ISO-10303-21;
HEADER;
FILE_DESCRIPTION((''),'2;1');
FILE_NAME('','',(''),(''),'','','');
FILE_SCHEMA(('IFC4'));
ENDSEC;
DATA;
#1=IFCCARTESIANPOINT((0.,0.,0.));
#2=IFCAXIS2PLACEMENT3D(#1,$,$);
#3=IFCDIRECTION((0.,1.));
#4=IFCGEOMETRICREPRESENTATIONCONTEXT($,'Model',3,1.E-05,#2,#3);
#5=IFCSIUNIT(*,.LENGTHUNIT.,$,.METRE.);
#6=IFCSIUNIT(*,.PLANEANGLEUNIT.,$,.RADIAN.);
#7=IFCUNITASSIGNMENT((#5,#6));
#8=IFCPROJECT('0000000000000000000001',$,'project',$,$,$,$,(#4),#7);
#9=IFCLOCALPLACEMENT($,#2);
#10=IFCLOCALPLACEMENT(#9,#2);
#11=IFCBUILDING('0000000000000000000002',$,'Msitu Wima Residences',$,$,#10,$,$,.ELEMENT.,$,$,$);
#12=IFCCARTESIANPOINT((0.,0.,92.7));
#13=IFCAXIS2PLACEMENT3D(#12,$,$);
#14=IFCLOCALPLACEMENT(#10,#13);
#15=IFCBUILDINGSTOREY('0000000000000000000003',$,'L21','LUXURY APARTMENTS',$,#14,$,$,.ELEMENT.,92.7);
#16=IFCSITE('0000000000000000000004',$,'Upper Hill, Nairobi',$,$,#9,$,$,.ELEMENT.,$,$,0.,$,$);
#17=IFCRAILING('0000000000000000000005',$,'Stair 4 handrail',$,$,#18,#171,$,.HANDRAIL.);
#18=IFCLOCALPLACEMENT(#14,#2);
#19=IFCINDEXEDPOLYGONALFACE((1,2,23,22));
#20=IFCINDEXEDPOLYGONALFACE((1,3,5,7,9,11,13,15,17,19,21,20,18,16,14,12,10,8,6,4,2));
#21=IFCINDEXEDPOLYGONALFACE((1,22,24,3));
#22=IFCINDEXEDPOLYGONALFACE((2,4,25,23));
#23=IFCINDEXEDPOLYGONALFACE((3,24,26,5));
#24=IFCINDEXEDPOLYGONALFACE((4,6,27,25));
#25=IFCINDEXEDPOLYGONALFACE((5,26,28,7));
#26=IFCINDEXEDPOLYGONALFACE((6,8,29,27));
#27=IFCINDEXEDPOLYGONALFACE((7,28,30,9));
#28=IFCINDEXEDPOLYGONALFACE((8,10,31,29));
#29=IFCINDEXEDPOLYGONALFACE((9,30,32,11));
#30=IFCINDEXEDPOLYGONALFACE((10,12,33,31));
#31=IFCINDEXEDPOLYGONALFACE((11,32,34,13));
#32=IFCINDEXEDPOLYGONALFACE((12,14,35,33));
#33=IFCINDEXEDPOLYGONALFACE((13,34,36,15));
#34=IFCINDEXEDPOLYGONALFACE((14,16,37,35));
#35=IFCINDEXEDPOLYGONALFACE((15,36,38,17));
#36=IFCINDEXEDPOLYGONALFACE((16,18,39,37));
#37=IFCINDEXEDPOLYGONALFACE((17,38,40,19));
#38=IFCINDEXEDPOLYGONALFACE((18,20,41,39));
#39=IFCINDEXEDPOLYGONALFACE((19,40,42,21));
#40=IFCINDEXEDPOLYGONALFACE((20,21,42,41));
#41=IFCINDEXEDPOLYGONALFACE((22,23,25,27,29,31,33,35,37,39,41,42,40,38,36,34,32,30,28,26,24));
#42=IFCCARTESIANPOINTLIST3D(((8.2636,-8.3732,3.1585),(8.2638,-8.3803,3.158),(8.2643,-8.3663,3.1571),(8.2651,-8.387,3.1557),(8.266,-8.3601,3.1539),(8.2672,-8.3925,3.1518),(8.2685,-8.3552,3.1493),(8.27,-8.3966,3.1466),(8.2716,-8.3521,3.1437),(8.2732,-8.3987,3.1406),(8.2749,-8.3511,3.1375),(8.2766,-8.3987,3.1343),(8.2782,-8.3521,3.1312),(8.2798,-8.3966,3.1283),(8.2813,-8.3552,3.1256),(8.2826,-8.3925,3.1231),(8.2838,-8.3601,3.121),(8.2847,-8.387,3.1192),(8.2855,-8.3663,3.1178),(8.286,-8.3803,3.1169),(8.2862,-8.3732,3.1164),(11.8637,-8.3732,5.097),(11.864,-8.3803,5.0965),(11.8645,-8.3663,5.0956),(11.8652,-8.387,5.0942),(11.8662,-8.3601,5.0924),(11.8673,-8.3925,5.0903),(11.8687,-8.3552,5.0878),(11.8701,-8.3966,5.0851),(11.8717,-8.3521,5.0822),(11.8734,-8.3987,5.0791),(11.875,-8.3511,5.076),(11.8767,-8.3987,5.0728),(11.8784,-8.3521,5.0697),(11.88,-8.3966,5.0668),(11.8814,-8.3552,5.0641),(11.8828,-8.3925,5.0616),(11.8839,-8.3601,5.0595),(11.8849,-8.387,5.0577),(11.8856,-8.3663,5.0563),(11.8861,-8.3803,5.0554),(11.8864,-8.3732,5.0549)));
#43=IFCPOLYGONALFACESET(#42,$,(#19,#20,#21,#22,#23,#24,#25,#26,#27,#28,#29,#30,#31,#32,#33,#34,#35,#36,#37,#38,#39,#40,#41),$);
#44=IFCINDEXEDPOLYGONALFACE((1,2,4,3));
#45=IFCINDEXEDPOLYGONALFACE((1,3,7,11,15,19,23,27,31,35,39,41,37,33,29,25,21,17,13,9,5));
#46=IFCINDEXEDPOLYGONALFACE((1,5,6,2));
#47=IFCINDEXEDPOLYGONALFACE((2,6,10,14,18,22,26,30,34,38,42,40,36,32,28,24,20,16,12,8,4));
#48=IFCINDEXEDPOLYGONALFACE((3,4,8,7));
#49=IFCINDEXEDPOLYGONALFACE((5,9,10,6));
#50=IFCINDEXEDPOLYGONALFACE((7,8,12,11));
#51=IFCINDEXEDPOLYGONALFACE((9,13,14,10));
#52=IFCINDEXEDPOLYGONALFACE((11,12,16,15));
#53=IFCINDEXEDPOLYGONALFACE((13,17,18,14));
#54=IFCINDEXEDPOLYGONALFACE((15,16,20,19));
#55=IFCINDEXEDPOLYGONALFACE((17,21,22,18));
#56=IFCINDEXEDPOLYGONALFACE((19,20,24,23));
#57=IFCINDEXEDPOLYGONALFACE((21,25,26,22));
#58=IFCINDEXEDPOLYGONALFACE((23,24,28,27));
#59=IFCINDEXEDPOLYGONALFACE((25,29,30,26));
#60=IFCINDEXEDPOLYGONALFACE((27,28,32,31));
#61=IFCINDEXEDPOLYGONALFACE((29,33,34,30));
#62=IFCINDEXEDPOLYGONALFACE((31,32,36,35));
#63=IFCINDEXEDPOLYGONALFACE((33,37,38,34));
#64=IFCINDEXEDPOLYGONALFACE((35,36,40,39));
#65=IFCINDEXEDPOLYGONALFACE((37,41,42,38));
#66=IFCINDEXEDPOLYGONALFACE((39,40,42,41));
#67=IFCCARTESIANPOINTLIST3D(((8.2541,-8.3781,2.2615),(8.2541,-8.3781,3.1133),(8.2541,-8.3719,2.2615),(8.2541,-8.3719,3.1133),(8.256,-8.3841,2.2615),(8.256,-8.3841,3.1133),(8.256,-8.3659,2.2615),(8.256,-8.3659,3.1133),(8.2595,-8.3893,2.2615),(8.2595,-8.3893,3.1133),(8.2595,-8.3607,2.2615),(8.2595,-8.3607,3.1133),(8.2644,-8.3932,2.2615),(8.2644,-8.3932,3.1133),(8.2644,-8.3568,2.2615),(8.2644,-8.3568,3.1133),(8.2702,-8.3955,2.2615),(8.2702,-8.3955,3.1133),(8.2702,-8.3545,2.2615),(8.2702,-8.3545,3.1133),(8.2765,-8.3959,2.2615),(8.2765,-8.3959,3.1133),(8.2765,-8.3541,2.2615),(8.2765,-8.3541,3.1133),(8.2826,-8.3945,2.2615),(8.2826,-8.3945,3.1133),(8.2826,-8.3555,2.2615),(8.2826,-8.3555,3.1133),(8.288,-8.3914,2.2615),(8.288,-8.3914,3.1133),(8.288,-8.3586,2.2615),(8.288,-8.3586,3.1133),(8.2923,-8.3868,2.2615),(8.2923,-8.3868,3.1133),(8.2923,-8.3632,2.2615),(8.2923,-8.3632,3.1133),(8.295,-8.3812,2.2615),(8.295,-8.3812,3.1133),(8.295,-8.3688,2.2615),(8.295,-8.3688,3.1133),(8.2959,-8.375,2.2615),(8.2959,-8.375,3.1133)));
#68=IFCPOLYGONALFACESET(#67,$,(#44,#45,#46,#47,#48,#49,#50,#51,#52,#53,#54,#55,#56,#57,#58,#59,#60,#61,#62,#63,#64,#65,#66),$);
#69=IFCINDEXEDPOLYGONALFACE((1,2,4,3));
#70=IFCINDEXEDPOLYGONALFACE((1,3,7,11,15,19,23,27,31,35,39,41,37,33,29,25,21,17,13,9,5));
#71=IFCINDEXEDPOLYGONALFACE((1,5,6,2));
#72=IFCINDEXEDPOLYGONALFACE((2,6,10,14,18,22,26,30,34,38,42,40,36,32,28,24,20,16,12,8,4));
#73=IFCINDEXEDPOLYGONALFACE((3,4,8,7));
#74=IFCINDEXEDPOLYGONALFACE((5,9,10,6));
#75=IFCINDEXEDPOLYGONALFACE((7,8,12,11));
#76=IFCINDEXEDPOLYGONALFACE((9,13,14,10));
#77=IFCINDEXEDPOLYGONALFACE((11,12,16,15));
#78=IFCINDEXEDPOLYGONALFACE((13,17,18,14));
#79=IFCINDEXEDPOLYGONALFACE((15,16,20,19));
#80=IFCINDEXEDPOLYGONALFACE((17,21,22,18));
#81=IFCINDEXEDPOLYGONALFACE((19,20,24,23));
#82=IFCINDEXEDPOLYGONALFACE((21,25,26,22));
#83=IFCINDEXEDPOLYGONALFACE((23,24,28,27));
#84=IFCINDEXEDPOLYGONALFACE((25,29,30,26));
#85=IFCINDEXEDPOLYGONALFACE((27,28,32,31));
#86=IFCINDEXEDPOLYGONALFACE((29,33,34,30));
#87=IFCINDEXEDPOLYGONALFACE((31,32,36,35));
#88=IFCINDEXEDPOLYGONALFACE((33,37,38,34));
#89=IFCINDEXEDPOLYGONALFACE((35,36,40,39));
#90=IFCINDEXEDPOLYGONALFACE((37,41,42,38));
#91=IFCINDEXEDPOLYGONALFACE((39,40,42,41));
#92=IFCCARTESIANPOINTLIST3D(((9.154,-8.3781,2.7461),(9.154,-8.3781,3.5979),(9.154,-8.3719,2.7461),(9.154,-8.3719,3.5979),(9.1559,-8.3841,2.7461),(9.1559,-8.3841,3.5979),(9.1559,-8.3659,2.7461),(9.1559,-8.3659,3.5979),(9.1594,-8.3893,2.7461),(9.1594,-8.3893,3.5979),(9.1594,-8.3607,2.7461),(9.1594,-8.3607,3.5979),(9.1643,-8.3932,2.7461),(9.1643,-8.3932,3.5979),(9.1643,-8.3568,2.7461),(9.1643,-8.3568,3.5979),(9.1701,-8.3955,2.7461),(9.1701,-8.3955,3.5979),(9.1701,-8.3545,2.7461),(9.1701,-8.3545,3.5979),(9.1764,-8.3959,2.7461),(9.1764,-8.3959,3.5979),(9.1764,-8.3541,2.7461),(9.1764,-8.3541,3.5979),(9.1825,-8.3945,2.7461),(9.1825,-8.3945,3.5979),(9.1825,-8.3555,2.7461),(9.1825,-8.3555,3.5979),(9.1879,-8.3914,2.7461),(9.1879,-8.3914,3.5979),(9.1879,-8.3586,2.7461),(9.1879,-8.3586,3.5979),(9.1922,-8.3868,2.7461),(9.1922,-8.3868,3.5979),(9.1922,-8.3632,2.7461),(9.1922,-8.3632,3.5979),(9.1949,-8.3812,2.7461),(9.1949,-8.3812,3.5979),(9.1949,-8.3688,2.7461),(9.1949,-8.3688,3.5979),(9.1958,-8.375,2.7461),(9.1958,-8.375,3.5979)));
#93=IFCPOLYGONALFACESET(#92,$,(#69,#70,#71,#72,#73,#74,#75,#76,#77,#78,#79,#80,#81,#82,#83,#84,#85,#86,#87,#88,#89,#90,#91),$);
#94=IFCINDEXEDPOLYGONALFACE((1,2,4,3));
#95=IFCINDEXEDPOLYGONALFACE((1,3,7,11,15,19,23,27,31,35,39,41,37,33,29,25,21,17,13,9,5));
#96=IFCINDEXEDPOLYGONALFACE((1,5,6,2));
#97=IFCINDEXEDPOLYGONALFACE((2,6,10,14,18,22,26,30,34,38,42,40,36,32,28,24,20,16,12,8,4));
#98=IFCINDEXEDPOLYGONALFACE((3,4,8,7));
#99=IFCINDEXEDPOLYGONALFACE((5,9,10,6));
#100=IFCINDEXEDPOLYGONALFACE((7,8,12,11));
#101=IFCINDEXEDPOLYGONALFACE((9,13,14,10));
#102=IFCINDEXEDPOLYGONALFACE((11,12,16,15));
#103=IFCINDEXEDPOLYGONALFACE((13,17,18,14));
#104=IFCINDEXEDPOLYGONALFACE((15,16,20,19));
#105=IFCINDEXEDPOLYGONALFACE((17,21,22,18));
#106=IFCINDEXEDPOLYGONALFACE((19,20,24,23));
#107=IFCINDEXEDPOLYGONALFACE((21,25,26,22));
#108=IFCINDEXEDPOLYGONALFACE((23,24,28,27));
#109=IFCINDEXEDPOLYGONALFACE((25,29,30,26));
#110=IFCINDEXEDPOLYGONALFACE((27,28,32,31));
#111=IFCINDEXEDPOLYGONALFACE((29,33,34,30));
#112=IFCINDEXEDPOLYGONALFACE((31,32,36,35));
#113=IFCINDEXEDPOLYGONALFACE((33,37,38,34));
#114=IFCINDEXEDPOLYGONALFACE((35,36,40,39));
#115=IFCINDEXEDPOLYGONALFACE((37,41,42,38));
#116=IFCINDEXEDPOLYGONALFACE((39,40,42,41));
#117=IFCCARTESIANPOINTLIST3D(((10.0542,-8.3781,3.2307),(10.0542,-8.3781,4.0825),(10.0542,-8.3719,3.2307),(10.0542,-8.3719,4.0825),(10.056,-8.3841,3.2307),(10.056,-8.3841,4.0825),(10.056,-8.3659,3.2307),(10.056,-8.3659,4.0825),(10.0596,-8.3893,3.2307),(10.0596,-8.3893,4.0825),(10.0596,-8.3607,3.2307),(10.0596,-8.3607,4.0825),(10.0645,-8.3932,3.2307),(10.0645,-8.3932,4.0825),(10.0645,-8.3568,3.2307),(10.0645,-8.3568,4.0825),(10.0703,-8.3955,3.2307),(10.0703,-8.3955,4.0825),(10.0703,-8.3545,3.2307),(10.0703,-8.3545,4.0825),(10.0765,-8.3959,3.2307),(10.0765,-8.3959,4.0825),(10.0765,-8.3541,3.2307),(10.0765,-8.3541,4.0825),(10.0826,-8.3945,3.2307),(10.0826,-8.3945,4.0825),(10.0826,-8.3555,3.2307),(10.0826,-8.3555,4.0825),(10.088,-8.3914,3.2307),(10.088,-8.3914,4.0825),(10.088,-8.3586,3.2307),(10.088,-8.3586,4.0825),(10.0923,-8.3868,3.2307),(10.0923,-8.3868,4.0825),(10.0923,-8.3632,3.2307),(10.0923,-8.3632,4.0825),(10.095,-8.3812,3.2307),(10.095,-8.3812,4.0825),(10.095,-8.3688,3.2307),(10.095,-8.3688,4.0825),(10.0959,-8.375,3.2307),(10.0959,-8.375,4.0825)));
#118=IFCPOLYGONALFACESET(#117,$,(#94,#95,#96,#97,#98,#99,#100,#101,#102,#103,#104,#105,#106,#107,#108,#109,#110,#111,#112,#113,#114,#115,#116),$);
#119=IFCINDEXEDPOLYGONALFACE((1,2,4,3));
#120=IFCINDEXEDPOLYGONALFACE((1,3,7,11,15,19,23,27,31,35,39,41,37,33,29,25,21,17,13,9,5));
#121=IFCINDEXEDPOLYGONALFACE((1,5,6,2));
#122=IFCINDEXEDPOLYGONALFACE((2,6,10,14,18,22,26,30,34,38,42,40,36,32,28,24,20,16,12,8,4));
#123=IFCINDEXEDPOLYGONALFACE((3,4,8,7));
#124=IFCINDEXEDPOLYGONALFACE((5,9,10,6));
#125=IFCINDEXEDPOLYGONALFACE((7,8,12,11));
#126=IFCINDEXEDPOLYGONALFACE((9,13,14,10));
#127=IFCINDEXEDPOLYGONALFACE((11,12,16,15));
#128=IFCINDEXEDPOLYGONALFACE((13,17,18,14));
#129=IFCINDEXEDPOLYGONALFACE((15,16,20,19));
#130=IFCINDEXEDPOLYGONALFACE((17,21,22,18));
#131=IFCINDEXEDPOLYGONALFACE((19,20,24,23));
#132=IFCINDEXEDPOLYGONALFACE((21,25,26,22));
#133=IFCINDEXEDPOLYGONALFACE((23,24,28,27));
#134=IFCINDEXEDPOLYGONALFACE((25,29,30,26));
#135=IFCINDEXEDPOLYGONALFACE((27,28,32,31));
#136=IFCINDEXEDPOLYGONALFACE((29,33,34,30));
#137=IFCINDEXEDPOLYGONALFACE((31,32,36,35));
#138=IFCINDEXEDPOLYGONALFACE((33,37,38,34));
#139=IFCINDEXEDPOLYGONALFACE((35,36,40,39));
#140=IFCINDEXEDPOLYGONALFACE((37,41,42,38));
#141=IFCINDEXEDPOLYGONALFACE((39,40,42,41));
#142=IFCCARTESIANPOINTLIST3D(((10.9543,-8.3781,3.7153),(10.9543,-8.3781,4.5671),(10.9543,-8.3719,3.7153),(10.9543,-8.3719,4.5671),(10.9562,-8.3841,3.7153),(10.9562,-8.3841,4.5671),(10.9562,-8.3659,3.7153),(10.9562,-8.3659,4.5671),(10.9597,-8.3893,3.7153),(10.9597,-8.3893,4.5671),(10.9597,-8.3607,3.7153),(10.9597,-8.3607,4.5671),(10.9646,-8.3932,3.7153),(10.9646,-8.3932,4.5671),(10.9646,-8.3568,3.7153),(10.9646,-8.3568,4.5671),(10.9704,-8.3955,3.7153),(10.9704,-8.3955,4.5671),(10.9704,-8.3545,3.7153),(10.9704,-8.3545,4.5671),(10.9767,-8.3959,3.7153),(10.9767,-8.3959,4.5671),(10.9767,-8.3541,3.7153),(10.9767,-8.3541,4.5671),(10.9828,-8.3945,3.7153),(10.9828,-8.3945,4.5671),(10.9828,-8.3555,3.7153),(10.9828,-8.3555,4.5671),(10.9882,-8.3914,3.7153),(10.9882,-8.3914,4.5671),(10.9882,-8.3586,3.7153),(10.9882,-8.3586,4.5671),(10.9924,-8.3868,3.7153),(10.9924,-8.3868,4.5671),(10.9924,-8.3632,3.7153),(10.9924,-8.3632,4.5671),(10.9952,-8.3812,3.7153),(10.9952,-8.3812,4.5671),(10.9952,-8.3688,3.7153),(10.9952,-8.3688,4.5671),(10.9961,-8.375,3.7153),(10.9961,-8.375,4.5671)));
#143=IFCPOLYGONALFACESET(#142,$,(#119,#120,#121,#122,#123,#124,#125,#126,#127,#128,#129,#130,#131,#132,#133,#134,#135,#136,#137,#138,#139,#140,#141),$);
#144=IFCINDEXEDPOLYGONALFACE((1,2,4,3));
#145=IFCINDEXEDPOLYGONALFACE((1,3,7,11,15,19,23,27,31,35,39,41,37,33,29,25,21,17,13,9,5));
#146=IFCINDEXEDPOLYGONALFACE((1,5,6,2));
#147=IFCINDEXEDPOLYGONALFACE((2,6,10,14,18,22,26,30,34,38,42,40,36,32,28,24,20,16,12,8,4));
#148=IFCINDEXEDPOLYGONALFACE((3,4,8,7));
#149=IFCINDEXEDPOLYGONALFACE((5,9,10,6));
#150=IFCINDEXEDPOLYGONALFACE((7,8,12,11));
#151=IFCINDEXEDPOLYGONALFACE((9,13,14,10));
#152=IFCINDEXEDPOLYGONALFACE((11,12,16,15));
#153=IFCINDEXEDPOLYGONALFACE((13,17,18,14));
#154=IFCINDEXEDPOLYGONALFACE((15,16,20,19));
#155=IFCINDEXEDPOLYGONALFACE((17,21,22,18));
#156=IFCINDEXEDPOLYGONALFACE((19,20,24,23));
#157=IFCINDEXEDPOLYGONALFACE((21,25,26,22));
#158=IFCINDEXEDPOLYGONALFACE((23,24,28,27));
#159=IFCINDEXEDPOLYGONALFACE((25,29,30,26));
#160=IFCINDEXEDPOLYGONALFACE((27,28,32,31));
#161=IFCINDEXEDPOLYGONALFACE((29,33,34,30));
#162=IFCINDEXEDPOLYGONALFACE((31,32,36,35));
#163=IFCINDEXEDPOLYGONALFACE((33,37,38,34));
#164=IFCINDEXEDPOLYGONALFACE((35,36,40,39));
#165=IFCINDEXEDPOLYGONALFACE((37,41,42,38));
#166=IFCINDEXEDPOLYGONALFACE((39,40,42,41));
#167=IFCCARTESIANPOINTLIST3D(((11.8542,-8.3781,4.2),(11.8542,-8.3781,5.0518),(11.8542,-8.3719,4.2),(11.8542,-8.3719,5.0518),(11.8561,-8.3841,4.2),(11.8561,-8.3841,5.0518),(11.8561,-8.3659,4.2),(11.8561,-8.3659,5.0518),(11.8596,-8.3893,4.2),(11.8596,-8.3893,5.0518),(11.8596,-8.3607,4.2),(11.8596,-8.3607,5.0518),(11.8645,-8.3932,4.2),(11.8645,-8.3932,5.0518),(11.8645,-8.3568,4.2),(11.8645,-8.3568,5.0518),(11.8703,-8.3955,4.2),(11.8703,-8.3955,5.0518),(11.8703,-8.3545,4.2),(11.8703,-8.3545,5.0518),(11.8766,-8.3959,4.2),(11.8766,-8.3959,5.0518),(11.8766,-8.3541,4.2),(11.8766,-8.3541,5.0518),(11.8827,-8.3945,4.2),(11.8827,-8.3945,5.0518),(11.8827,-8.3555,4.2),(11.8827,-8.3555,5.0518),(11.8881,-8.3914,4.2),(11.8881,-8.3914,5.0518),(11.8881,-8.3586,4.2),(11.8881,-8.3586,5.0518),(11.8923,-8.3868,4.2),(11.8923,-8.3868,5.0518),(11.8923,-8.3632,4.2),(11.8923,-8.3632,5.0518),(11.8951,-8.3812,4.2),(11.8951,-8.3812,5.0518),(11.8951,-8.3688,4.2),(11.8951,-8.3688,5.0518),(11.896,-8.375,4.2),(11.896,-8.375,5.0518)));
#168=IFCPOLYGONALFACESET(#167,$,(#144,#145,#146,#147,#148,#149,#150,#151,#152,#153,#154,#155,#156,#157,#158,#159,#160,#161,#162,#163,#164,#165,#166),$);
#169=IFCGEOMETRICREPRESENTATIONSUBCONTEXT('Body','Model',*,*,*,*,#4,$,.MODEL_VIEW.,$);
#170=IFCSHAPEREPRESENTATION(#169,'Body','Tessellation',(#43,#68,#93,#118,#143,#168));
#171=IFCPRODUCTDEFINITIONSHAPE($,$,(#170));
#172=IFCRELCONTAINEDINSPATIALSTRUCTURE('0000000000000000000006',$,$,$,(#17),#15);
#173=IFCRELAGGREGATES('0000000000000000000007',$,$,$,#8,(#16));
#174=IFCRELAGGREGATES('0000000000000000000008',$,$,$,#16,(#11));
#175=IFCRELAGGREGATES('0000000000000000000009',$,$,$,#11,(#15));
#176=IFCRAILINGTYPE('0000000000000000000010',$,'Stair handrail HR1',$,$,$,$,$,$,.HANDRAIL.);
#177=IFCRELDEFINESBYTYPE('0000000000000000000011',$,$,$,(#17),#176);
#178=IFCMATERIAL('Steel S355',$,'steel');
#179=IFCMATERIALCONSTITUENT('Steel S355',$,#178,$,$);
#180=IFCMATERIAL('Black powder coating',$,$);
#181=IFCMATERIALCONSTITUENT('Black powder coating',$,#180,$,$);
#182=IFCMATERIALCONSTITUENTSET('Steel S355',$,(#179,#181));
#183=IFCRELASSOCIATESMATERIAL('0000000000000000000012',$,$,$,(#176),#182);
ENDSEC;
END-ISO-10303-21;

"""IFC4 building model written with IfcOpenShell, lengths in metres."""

from ifc_helpers import new_model, si_unit, direction, frame, origin, origin_2d, place, context, subcontext, project, spatial, circle, extrude, material, constituent, constituent_set, type_object, element, save


model = new_model("IFC4")

# Units and contexts
model_context = context("Model", 3, precision=1e-05, world=origin(), true_north=direction((0.0, 1.0)))
body_context = subcontext(model_context, "Body", "Model", "MODEL_VIEW")
ifc_project = project(units=[si_unit("LENGTHUNIT", "METRE"), si_unit("PLANEANGLEUNIT", "RADIAN")], contexts=[model_context])

# Site, building, storey
site_placement = place(None, origin())
site = spatial("IfcSite", under=ifc_project, at=site_placement, Name="Upper Hill, Nairobi", CompositionType="ELEMENT", RefElevation=0.0)
building_placement = place(site_placement, origin())
building = spatial("IfcBuilding", under=site, at=building_placement, Name="Msitu Wima Residences", CompositionType="ELEMENT")
storey_placement = place(building_placement, frame((0.0, 0.0, 92.7)))
storey = spatial("IfcBuildingStorey", under=building, at=storey_placement, Name="L21", Description="LUXURY APARTMENTS", CompositionType="ELEMENT", Elevation=92.7)

# Railing
ifc_material_1 = material(Name="Steel S355", Category="steel")
ifc_constituent_1 = constituent(ifc_material_1, Name="Steel S355")
ifc_material_2 = material(Name="Black powder coating")
ifc_constituent_2 = constituent(ifc_material_2, Name="Black powder coating")
ifc_constituent_set = constituent_set(constituents=[ifc_constituent_1, ifc_constituent_2], Name="Steel S355")
railing_type = type_object("IfcRailingType", Name="Stair handrail HR1", PredefinedType="HANDRAIL", material=ifc_constituent_set)
for number, where, name in (
    (1, (8.2749, -8.375, 2.2615), "Stair 4 handrail"),
):
    element("IfcRailing", number, at=place(storey_placement, frame(where)), inside=storey, type_object=railing_type, Name=name, PredefinedType="HANDRAIL", context=body_context, shape_type="SweptSolid", body=[
        extrude(circle(Radius=0.0239, at=origin_2d()), frame((0.0, 0.0, 0.876), z_axis=(0.880475, 0.0, 0.474093), x_axis=(0.0, 1.0, 0.0)), (0.0, 0.0, 1.0), 4.0889),
        extrude(circle(Radius=0.021, at=origin_2d()), origin(), (0.0, 0.0, 1.0), 0.8518),
        extrude(circle(Radius=0.021, at=origin_2d()), frame((0.8999, 0.0, 0.4846)), (0.0, 0.0, 1.0), 0.8518),
        extrude(circle(Radius=0.021, at=origin_2d()), frame((1.8, 0.0, 0.9692)), (0.0, 0.0, 1.0), 0.8518),
        extrude(circle(Radius=0.021, at=origin_2d()), frame((2.7002, 0.0, 1.4539)), (0.0, 0.0, 1.0), 0.8518),
        extrude(circle(Radius=0.021, at=origin_2d()), frame((3.6001, 0.0, 1.9385)), (0.0, 0.0, 1.0), 0.8518),
    ])

save(model, "model.ifc")
